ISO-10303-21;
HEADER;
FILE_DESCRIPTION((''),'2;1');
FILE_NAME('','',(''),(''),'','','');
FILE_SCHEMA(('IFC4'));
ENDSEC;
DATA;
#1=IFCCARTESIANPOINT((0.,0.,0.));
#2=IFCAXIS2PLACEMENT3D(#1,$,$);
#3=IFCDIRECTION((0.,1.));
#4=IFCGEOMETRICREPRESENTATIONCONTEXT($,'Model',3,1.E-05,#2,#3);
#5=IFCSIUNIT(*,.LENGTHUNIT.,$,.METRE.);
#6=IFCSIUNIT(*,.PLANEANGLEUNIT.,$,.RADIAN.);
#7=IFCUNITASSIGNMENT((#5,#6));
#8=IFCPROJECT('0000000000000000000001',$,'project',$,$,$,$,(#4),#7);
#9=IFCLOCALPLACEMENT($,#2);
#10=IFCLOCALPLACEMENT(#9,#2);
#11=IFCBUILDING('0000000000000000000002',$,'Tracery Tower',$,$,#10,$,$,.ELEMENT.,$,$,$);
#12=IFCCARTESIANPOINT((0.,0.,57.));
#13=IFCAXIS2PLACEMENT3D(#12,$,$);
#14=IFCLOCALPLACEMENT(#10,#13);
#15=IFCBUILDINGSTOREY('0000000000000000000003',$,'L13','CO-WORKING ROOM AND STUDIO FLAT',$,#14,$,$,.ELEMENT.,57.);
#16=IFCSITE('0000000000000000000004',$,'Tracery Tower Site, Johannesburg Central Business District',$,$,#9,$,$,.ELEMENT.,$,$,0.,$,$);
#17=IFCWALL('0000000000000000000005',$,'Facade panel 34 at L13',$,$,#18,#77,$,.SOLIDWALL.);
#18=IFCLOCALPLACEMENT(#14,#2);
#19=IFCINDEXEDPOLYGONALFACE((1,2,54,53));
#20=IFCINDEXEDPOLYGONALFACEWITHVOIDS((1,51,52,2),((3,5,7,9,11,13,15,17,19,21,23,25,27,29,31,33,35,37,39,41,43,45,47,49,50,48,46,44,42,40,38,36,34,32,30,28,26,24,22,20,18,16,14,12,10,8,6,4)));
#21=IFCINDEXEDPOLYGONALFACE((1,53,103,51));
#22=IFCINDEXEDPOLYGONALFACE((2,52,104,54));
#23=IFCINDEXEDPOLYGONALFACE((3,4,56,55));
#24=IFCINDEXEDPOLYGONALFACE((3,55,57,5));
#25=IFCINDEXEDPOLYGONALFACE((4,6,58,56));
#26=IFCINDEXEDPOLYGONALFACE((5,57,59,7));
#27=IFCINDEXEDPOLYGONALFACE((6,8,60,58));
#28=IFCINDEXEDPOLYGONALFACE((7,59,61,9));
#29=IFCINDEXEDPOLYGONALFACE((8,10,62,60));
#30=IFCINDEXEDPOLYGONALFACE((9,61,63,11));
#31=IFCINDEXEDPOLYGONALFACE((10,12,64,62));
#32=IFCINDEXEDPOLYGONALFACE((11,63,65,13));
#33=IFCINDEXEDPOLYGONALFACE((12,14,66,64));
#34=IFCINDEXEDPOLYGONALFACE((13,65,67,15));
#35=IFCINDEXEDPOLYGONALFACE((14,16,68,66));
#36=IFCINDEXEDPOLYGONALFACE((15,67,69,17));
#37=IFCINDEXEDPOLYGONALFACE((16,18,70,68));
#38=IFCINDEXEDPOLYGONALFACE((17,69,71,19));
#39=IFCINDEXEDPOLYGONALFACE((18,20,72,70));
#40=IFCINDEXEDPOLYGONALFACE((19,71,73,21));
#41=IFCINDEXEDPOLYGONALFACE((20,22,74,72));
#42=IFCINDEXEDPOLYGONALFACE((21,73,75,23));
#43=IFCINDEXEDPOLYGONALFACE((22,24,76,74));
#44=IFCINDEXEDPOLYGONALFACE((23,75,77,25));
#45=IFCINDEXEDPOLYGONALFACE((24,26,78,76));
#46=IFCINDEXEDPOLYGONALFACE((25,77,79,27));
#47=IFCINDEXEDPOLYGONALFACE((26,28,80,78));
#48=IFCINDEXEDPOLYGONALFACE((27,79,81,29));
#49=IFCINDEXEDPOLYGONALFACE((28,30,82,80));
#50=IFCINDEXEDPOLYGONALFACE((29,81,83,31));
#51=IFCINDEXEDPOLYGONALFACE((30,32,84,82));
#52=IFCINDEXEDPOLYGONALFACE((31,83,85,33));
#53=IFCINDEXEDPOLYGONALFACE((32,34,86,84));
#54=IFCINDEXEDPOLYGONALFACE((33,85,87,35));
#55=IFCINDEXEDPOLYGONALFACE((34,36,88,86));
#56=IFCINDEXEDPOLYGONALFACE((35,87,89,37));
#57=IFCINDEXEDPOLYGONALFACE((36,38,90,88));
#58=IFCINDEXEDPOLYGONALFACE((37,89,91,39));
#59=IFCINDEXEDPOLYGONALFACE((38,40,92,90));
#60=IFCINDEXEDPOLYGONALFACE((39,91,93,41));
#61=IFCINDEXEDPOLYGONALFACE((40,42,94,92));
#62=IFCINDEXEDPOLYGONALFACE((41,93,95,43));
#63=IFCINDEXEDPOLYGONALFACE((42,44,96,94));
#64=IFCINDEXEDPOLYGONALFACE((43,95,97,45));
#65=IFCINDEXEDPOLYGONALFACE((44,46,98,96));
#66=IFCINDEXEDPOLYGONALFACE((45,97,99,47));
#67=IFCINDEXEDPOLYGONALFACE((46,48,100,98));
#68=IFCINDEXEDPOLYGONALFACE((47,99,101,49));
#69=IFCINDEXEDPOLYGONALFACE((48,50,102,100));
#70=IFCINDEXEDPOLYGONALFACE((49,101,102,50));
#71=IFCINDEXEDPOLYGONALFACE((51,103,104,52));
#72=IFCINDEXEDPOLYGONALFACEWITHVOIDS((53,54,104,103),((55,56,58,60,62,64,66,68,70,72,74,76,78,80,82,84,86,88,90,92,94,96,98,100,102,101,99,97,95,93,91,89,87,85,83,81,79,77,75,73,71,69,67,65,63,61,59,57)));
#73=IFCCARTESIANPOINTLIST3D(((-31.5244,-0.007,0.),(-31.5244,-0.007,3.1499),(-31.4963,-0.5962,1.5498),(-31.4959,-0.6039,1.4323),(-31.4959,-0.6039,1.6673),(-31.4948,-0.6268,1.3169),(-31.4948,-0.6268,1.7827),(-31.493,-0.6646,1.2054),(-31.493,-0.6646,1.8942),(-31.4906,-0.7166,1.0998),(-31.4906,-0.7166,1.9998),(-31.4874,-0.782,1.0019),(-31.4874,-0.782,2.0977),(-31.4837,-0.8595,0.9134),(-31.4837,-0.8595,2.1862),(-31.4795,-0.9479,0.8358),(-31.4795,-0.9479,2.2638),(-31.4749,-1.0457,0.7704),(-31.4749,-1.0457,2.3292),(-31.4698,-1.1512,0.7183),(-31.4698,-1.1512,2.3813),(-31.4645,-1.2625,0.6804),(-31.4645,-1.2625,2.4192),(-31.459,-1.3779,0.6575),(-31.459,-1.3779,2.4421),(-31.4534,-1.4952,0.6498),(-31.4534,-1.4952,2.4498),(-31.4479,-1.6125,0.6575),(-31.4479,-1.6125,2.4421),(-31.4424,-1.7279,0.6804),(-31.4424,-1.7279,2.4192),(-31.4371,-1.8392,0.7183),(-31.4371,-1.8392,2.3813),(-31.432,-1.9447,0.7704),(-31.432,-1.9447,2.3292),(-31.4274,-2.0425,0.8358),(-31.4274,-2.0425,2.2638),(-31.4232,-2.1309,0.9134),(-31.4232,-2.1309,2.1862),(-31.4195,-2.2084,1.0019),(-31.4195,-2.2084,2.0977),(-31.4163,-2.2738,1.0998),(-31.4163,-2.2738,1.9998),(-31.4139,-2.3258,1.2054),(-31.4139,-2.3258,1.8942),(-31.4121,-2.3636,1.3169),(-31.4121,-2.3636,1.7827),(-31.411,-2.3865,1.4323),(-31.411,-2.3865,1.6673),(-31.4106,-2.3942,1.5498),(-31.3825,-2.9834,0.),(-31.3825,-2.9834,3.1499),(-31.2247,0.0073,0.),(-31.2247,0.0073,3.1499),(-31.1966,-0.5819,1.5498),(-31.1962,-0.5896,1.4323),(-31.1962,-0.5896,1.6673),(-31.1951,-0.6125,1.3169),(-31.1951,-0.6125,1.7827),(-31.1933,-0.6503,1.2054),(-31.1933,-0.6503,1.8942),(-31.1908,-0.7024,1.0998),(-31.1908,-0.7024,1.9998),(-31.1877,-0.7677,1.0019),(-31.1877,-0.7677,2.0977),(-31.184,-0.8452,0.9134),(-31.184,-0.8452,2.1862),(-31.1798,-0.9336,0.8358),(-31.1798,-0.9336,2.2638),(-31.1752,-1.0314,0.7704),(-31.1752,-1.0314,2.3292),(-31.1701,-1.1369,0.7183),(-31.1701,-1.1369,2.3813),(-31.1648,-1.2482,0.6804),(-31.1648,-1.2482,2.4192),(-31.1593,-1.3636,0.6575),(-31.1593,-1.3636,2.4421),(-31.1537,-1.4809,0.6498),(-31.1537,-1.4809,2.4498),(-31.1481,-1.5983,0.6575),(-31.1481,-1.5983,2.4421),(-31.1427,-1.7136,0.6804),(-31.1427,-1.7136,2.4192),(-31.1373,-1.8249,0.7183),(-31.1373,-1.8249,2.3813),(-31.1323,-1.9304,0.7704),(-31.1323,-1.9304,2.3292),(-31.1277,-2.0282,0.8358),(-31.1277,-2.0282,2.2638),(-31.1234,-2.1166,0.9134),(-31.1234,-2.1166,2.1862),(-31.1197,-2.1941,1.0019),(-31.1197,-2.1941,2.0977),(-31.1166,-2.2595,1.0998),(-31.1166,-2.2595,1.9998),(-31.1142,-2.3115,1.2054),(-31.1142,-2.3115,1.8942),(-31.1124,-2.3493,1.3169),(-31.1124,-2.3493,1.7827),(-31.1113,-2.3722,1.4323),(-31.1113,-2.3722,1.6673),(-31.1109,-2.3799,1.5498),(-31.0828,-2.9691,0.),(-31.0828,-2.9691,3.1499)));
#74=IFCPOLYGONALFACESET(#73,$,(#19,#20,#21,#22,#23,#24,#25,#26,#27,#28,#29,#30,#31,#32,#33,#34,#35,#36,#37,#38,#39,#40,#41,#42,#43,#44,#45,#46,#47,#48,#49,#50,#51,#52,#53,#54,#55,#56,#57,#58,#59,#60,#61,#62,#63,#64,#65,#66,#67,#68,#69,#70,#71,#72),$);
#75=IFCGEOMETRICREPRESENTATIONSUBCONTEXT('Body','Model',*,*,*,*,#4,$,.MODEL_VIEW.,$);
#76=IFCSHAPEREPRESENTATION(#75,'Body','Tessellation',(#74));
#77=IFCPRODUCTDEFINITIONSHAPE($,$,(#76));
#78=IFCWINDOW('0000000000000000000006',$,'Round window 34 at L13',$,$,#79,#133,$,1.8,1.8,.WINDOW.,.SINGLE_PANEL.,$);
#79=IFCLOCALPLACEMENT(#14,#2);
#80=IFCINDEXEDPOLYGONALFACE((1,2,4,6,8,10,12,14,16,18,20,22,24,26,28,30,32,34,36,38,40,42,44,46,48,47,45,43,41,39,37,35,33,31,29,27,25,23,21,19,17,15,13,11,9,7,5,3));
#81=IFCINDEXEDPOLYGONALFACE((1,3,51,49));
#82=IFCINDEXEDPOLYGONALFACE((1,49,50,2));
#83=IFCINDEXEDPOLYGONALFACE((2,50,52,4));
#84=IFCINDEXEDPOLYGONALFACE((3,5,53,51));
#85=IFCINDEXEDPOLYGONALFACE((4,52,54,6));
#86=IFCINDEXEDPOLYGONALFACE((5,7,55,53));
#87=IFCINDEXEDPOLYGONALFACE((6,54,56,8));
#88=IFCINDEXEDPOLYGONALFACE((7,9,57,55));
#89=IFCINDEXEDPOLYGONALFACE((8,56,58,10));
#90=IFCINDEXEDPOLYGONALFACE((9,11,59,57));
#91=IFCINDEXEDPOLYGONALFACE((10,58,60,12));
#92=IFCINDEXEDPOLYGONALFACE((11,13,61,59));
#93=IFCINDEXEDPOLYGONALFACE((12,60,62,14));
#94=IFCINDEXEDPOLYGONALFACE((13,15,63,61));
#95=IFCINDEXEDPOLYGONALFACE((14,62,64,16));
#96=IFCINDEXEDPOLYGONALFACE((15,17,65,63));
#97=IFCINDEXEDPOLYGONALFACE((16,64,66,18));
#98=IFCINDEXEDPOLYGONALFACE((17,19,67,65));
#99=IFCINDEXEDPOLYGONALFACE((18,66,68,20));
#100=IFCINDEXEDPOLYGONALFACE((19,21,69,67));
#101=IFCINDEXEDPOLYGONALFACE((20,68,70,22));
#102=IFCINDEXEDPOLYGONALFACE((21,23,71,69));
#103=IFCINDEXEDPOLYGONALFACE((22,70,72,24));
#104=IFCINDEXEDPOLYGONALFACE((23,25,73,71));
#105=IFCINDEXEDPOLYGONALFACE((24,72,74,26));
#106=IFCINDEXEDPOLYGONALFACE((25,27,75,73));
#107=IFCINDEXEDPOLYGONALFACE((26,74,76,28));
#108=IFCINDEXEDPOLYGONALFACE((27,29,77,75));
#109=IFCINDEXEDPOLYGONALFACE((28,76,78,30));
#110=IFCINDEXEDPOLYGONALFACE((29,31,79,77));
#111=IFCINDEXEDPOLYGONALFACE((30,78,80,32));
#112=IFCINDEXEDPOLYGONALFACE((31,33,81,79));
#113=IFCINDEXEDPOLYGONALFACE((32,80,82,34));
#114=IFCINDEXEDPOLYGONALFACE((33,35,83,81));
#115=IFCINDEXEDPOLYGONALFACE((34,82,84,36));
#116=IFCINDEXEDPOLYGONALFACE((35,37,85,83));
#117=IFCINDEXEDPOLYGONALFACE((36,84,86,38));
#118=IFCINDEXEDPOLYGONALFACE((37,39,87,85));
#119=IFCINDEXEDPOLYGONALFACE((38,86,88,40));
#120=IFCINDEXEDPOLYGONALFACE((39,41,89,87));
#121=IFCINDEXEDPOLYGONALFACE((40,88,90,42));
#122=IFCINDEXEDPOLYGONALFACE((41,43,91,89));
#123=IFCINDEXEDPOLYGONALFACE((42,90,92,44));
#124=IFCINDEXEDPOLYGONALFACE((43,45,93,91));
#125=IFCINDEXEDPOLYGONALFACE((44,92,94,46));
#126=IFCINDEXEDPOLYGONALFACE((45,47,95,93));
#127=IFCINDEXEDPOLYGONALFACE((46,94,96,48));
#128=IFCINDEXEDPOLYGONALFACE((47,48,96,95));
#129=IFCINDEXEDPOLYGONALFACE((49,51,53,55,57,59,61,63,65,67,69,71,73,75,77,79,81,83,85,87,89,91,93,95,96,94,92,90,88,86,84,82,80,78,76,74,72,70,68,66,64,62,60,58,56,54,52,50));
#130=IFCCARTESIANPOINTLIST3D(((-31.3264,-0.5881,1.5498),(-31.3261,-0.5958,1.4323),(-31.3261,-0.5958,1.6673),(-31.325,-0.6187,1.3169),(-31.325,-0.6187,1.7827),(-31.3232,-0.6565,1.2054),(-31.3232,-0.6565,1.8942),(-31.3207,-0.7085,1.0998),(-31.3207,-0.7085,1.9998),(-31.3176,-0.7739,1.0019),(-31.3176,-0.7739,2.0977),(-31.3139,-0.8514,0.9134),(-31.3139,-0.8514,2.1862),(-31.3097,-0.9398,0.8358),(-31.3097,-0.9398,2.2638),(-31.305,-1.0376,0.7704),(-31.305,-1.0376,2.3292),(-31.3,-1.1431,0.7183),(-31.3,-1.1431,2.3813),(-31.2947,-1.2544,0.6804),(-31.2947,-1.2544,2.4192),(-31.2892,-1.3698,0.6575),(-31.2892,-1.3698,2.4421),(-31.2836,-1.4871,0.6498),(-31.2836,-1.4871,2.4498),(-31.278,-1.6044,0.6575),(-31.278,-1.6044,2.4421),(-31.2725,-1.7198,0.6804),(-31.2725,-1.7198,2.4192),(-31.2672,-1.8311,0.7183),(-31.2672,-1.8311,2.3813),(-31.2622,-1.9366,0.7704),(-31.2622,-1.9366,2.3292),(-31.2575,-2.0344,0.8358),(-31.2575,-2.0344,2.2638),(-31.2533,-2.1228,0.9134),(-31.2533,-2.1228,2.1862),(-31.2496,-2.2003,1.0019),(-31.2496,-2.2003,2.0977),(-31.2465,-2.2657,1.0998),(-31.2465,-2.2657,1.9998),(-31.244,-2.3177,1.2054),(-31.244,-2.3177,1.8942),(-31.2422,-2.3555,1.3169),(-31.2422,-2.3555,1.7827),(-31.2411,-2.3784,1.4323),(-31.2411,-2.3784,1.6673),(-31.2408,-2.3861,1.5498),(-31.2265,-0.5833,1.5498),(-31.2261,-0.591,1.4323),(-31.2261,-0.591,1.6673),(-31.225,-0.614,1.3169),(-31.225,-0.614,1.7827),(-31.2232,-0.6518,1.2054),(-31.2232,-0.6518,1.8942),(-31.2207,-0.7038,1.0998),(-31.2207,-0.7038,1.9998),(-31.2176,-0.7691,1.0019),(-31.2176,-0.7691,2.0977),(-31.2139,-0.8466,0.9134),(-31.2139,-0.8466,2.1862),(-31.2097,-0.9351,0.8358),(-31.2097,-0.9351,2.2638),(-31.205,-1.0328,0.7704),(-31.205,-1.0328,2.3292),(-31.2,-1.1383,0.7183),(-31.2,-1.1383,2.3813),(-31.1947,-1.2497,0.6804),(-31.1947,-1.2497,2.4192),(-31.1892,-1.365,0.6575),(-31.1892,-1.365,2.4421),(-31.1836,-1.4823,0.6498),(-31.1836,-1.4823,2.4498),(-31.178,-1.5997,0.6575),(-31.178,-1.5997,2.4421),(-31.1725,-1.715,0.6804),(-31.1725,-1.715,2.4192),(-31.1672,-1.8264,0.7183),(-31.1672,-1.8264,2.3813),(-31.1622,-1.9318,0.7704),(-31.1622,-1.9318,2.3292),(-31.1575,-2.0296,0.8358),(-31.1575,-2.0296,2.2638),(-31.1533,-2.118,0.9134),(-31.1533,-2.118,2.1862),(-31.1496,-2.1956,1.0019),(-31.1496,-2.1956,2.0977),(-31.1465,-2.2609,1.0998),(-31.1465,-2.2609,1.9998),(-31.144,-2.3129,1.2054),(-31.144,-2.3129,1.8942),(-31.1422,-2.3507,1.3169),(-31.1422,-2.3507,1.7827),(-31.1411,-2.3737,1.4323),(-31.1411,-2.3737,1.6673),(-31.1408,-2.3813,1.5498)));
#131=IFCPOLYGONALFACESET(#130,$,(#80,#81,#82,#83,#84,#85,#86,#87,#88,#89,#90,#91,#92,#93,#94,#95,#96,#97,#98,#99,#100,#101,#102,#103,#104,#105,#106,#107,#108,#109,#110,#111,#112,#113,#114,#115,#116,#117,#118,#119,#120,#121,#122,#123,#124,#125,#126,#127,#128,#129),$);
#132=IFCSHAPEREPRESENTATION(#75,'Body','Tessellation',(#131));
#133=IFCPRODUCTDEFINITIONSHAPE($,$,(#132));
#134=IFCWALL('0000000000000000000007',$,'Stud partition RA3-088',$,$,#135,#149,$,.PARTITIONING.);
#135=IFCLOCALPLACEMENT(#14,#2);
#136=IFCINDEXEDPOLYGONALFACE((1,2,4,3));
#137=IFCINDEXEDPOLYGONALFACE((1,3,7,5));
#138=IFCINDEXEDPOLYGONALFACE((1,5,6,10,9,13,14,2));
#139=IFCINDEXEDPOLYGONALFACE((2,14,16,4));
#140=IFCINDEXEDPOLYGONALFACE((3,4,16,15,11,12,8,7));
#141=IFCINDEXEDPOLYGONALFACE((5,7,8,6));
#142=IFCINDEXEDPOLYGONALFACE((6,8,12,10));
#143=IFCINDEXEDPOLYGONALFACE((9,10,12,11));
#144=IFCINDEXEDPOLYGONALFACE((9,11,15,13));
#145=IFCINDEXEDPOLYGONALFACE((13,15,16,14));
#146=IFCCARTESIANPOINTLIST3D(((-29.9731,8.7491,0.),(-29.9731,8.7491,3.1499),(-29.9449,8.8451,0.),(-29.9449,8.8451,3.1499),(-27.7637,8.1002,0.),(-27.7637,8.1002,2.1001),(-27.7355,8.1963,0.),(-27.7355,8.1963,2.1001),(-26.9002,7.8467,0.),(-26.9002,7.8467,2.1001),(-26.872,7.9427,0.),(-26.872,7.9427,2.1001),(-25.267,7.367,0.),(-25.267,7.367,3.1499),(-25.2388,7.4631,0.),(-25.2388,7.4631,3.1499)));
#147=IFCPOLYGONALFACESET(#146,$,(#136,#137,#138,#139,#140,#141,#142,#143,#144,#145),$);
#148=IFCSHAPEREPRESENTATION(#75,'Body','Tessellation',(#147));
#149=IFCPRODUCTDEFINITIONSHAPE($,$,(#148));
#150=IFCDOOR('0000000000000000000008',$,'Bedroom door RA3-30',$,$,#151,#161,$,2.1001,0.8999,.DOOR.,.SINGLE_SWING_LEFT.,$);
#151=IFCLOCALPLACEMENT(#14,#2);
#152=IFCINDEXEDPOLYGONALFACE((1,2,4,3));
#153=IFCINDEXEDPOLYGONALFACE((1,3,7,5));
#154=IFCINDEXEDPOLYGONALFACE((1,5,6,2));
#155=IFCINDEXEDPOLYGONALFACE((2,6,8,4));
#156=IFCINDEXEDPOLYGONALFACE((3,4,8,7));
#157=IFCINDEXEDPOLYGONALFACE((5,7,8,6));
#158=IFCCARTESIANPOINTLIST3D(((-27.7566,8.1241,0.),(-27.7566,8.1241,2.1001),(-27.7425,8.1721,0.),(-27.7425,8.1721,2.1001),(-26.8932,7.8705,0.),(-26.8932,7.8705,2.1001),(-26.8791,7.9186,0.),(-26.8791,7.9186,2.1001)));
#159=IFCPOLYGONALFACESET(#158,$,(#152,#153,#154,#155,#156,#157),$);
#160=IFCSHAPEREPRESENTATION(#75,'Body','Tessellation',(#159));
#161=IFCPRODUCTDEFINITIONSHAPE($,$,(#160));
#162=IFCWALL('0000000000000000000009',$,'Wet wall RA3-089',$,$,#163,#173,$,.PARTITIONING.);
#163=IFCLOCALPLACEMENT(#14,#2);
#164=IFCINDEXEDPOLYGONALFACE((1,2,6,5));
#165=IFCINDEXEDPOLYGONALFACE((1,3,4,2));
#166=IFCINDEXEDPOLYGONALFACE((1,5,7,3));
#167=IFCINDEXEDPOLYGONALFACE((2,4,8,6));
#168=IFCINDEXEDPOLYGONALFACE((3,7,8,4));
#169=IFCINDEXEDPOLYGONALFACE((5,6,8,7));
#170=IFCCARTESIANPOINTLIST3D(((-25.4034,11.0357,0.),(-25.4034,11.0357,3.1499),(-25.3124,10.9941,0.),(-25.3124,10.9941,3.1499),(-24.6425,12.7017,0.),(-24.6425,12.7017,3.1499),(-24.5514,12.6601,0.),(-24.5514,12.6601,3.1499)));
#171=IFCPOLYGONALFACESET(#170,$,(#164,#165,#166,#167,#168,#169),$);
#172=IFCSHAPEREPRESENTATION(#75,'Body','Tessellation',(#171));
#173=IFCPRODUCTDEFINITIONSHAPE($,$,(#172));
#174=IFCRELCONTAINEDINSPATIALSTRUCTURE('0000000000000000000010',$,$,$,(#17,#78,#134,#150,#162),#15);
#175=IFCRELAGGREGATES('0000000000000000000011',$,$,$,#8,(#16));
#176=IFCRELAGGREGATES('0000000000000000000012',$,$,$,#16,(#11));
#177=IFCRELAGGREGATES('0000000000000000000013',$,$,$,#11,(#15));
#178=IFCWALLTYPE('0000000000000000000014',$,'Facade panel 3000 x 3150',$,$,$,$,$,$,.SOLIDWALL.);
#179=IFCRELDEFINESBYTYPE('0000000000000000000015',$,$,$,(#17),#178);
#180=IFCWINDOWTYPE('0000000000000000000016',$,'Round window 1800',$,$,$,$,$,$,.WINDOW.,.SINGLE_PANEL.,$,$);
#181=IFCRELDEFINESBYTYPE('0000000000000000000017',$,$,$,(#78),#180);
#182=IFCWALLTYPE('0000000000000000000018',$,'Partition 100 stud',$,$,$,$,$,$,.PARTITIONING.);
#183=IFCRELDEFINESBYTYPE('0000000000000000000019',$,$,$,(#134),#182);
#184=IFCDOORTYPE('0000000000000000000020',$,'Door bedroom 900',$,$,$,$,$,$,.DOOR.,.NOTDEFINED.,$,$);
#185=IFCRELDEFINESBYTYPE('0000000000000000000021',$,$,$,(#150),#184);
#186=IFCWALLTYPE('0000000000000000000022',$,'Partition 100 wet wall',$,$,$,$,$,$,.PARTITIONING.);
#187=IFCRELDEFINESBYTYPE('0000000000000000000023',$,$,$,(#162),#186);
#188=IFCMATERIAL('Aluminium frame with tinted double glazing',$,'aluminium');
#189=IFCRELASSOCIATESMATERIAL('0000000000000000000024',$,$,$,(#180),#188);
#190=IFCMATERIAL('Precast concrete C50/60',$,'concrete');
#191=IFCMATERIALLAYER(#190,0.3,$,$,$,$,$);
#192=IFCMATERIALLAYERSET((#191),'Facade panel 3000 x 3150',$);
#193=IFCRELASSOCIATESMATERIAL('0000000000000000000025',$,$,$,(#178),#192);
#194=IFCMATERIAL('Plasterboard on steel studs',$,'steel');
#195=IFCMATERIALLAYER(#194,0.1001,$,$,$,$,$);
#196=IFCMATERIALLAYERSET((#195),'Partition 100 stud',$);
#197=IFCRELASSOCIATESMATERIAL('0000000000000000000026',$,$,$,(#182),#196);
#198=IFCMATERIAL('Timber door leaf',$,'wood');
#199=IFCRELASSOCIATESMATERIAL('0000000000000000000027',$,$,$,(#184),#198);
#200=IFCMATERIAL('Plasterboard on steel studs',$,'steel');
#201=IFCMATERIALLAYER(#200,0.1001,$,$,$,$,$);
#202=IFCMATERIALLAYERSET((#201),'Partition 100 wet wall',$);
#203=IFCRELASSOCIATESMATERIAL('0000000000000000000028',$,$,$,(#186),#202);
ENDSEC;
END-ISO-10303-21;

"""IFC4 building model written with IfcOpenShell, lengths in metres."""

from ifc_helpers import new_model, si_unit, direction, frame, frame_2d, origin, origin_2d, place, context, subcontext, project, spatial, rectangle, circle, extrude, material, layer, layer_set, type_object, element, fill, save


model = new_model("IFC4")

# Units and contexts
model_context = context("Model", 3, precision=1e-05, world=origin(), true_north=direction((0.0, 1.0)))
body_context = subcontext(model_context, "Body", "Model", "MODEL_VIEW")
ifc_project = project(units=[si_unit("LENGTHUNIT", "METRE"), si_unit("PLANEANGLEUNIT", "RADIAN")], contexts=[model_context])

# Site, building, storey
site_placement = place(None, origin())
site = spatial("IfcSite", under=ifc_project, at=site_placement, Name="Tracery Tower Site, Johannesburg Central Business District", CompositionType="ELEMENT", RefElevation=0.0)
building_placement = place(site_placement, origin())
building = spatial("IfcBuilding", under=site, at=building_placement, Name="Tracery Tower", CompositionType="ELEMENT")
storey_placement = place(building_placement, frame((0.0, 0.0, 57.0)))
storey = spatial("IfcBuildingStorey", under=building, at=storey_placement, Name="L13", Description="CO-WORKING ROOM AND STUDIO FLAT", CompositionType="ELEMENT", Elevation=57.0)

# Wall, opening, window
ifc_material_1 = material(Name="Aluminium frame with tinted double glazing", Category="aluminium")
window_type = type_object("IfcWindowType", Name="Round window 1800", PartitioningType="SINGLE_PANEL", PredefinedType="WINDOW", material=ifc_material_1)
ifc_material_2 = material(Name="Precast concrete C50/60", Category="concrete")
ifc_layer_1 = layer(ifc_material_2, 0.3)
ifc_layer_set_1 = layer_set([ifc_layer_1], Name="Facade panel 3000 x 3150")
wall_type_1 = type_object("IfcWallType", Name="Facade panel 3000 x 3150", PredefinedType="SOLIDWALL", material=ifc_layer_set_1)
wall_1_placement = place(storey_placement, frame((-31.3745, 0.0, 0.0), z_axis=(0.0, 0.0, 1.0), x_axis=(0.047604, -0.998866, 0.0)))
wall_1 = element("IfcWall", 1, at=wall_1_placement, inside=storey, type_object=wall_type_1, Name="Facade panel 34 at L13", PredefinedType="SOLIDWALL", context=body_context, shape_type="SweptSolid", body=[
    extrude(rectangle(XDim=2.9797, YDim=0.3, at=frame_2d((1.4897, 0.0))), origin(), (0.0, 0.0, 1.0), 3.1499),
])
opening_1_placement = place(wall_1_placement, frame((1.4897, 0.0, 1.5498)))
opening_1 = element("IfcOpeningElement", 2, at=opening_1_placement, cuts=wall_1, PredefinedType="OPENING", context=body_context, shape_type="SweptSolid", body=[
    extrude(circle(Radius=0.9, at=origin_2d()), frame((0.0, 0.1599, 0.0), z_axis=(0.0, -1.0, 0.0), x_axis=(1.0, 0.0, 0.0)), (0.0, 0.0, 1.0), 0.3201),
])
window_1_placement = place(opening_1_placement, origin())
window_1 = element("IfcWindow", 3, at=window_1_placement, inside=storey, type_object=window_type, Name="Round window 34 at L13", OverallHeight=1.8, OverallWidth=1.8, PartitioningType="SINGLE_PANEL", PredefinedType="WINDOW", context=body_context, shape_type="SweptSolid", body=[
    extrude(circle(Radius=0.9, at=origin_2d()), frame((0.0, 0.1201, 0.0), z_axis=(0.0, -1.0, 0.0), x_axis=(1.0, 0.0, 0.0)), (0.0, 0.0, 1.0), 0.1001),
])
fill(opening_1, window_1)

# Wall, opening, door
ifc_material_3 = material(Name="Plasterboard on steel studs", Category="steel")
ifc_layer_2 = layer(ifc_material_3, 0.1001)
ifc_layer_set_2 = layer_set([ifc_layer_2], Name="Partition 100 stud")
wall_type_2 = type_object("IfcWallType", Name="Partition 100 stud", PredefinedType="PARTITIONING", material=ifc_layer_set_2)
wall_2_placement = place(storey_placement, frame((-29.959, 8.7971, 0.0), z_axis=(0.0, 0.0, 1.0), x_axis=(0.959479, -0.281781, 0.0)))
wall_2 = element("IfcWall", 4, at=wall_2_placement, inside=storey, type_object=wall_type_2, Name="Stud partition RA3-088", PredefinedType="PARTITIONING", context=body_context, shape_type="SweptSolid", body=[
    extrude(rectangle(XDim=4.9048, YDim=0.1001, at=frame_2d((2.4524, 0.0))), origin(), (0.0, 0.0, 1.0), 3.1499),
])
opening_2_placement = place(wall_2_placement, frame((2.3027, 0.0, 0.0)))
opening_2 = element("IfcOpeningElement", 5, at=opening_2_placement, cuts=wall_2, PredefinedType="OPENING", context=body_context, shape_type="SweptSolid", body=[
    extrude(rectangle(XDim=0.8999, YDim=2.1001, at=frame_2d((0.45, 1.05))), frame((0.0, 0.05, 0.0), z_axis=(0.0, -1.0, 0.0), x_axis=(1.0, 0.0, 0.0)), (0.0, 0.0, 1.0), 0.1001),
])
ifc_material_4 = material(Name="Timber door leaf", Category="wood")
door_type_1 = type_object("IfcDoorType", Name="Door bedroom 900", OperationType="NOTDEFINED", PredefinedType="DOOR", material=ifc_material_4)
door_1_placement = place(opening_2_placement, origin())
door_1 = element("IfcDoor", 6, at=door_1_placement, inside=storey, type_object=door_type_1, Name="Bedroom door RA3-30", OperationType="SINGLE_SWING_LEFT", OverallHeight=2.1001, OverallWidth=0.8999, PredefinedType="DOOR", context=body_context, shape_type="SweptSolid", body=[
    extrude(rectangle(XDim=0.8999, YDim=2.1001, at=frame_2d((0.45, 1.05))), frame((0.0, 0.0249, 0.0), z_axis=(0.0, -1.0, 0.0), x_axis=(1.0, 0.0, 0.0)), (0.0, 0.0, 1.0), 0.05),
])
fill(opening_2, door_1)

# Wall
ifc_material_5 = material(Name="Plasterboard on steel studs", Category="steel")
ifc_layer_3 = layer(ifc_material_5, 0.1001)
ifc_layer_set_3 = layer_set([ifc_layer_3], Name="Partition 100 wet wall")
wall_type_3 = type_object("IfcWallType", Name="Partition 100 wet wall", PredefinedType="PARTITIONING", material=ifc_layer_set_3)
wall_3_placement = place(storey_placement, frame((-25.3579, 11.0149, 0.0), z_axis=(0.0, 0.0, 1.0), x_axis=(0.415479, 0.909603, 0.0)))
element("IfcWall", 7, at=wall_3_placement, inside=storey, type_object=wall_type_3, Name="Wet wall RA3-089", PredefinedType="PARTITIONING", context=body_context, shape_type="SweptSolid", body=[
    extrude(rectangle(XDim=1.8315, YDim=0.1001, at=frame_2d((0.9158, 0.0))), origin(), (0.0, 0.0, 1.0), 3.1499),
])

save(model, "model.ifc")
